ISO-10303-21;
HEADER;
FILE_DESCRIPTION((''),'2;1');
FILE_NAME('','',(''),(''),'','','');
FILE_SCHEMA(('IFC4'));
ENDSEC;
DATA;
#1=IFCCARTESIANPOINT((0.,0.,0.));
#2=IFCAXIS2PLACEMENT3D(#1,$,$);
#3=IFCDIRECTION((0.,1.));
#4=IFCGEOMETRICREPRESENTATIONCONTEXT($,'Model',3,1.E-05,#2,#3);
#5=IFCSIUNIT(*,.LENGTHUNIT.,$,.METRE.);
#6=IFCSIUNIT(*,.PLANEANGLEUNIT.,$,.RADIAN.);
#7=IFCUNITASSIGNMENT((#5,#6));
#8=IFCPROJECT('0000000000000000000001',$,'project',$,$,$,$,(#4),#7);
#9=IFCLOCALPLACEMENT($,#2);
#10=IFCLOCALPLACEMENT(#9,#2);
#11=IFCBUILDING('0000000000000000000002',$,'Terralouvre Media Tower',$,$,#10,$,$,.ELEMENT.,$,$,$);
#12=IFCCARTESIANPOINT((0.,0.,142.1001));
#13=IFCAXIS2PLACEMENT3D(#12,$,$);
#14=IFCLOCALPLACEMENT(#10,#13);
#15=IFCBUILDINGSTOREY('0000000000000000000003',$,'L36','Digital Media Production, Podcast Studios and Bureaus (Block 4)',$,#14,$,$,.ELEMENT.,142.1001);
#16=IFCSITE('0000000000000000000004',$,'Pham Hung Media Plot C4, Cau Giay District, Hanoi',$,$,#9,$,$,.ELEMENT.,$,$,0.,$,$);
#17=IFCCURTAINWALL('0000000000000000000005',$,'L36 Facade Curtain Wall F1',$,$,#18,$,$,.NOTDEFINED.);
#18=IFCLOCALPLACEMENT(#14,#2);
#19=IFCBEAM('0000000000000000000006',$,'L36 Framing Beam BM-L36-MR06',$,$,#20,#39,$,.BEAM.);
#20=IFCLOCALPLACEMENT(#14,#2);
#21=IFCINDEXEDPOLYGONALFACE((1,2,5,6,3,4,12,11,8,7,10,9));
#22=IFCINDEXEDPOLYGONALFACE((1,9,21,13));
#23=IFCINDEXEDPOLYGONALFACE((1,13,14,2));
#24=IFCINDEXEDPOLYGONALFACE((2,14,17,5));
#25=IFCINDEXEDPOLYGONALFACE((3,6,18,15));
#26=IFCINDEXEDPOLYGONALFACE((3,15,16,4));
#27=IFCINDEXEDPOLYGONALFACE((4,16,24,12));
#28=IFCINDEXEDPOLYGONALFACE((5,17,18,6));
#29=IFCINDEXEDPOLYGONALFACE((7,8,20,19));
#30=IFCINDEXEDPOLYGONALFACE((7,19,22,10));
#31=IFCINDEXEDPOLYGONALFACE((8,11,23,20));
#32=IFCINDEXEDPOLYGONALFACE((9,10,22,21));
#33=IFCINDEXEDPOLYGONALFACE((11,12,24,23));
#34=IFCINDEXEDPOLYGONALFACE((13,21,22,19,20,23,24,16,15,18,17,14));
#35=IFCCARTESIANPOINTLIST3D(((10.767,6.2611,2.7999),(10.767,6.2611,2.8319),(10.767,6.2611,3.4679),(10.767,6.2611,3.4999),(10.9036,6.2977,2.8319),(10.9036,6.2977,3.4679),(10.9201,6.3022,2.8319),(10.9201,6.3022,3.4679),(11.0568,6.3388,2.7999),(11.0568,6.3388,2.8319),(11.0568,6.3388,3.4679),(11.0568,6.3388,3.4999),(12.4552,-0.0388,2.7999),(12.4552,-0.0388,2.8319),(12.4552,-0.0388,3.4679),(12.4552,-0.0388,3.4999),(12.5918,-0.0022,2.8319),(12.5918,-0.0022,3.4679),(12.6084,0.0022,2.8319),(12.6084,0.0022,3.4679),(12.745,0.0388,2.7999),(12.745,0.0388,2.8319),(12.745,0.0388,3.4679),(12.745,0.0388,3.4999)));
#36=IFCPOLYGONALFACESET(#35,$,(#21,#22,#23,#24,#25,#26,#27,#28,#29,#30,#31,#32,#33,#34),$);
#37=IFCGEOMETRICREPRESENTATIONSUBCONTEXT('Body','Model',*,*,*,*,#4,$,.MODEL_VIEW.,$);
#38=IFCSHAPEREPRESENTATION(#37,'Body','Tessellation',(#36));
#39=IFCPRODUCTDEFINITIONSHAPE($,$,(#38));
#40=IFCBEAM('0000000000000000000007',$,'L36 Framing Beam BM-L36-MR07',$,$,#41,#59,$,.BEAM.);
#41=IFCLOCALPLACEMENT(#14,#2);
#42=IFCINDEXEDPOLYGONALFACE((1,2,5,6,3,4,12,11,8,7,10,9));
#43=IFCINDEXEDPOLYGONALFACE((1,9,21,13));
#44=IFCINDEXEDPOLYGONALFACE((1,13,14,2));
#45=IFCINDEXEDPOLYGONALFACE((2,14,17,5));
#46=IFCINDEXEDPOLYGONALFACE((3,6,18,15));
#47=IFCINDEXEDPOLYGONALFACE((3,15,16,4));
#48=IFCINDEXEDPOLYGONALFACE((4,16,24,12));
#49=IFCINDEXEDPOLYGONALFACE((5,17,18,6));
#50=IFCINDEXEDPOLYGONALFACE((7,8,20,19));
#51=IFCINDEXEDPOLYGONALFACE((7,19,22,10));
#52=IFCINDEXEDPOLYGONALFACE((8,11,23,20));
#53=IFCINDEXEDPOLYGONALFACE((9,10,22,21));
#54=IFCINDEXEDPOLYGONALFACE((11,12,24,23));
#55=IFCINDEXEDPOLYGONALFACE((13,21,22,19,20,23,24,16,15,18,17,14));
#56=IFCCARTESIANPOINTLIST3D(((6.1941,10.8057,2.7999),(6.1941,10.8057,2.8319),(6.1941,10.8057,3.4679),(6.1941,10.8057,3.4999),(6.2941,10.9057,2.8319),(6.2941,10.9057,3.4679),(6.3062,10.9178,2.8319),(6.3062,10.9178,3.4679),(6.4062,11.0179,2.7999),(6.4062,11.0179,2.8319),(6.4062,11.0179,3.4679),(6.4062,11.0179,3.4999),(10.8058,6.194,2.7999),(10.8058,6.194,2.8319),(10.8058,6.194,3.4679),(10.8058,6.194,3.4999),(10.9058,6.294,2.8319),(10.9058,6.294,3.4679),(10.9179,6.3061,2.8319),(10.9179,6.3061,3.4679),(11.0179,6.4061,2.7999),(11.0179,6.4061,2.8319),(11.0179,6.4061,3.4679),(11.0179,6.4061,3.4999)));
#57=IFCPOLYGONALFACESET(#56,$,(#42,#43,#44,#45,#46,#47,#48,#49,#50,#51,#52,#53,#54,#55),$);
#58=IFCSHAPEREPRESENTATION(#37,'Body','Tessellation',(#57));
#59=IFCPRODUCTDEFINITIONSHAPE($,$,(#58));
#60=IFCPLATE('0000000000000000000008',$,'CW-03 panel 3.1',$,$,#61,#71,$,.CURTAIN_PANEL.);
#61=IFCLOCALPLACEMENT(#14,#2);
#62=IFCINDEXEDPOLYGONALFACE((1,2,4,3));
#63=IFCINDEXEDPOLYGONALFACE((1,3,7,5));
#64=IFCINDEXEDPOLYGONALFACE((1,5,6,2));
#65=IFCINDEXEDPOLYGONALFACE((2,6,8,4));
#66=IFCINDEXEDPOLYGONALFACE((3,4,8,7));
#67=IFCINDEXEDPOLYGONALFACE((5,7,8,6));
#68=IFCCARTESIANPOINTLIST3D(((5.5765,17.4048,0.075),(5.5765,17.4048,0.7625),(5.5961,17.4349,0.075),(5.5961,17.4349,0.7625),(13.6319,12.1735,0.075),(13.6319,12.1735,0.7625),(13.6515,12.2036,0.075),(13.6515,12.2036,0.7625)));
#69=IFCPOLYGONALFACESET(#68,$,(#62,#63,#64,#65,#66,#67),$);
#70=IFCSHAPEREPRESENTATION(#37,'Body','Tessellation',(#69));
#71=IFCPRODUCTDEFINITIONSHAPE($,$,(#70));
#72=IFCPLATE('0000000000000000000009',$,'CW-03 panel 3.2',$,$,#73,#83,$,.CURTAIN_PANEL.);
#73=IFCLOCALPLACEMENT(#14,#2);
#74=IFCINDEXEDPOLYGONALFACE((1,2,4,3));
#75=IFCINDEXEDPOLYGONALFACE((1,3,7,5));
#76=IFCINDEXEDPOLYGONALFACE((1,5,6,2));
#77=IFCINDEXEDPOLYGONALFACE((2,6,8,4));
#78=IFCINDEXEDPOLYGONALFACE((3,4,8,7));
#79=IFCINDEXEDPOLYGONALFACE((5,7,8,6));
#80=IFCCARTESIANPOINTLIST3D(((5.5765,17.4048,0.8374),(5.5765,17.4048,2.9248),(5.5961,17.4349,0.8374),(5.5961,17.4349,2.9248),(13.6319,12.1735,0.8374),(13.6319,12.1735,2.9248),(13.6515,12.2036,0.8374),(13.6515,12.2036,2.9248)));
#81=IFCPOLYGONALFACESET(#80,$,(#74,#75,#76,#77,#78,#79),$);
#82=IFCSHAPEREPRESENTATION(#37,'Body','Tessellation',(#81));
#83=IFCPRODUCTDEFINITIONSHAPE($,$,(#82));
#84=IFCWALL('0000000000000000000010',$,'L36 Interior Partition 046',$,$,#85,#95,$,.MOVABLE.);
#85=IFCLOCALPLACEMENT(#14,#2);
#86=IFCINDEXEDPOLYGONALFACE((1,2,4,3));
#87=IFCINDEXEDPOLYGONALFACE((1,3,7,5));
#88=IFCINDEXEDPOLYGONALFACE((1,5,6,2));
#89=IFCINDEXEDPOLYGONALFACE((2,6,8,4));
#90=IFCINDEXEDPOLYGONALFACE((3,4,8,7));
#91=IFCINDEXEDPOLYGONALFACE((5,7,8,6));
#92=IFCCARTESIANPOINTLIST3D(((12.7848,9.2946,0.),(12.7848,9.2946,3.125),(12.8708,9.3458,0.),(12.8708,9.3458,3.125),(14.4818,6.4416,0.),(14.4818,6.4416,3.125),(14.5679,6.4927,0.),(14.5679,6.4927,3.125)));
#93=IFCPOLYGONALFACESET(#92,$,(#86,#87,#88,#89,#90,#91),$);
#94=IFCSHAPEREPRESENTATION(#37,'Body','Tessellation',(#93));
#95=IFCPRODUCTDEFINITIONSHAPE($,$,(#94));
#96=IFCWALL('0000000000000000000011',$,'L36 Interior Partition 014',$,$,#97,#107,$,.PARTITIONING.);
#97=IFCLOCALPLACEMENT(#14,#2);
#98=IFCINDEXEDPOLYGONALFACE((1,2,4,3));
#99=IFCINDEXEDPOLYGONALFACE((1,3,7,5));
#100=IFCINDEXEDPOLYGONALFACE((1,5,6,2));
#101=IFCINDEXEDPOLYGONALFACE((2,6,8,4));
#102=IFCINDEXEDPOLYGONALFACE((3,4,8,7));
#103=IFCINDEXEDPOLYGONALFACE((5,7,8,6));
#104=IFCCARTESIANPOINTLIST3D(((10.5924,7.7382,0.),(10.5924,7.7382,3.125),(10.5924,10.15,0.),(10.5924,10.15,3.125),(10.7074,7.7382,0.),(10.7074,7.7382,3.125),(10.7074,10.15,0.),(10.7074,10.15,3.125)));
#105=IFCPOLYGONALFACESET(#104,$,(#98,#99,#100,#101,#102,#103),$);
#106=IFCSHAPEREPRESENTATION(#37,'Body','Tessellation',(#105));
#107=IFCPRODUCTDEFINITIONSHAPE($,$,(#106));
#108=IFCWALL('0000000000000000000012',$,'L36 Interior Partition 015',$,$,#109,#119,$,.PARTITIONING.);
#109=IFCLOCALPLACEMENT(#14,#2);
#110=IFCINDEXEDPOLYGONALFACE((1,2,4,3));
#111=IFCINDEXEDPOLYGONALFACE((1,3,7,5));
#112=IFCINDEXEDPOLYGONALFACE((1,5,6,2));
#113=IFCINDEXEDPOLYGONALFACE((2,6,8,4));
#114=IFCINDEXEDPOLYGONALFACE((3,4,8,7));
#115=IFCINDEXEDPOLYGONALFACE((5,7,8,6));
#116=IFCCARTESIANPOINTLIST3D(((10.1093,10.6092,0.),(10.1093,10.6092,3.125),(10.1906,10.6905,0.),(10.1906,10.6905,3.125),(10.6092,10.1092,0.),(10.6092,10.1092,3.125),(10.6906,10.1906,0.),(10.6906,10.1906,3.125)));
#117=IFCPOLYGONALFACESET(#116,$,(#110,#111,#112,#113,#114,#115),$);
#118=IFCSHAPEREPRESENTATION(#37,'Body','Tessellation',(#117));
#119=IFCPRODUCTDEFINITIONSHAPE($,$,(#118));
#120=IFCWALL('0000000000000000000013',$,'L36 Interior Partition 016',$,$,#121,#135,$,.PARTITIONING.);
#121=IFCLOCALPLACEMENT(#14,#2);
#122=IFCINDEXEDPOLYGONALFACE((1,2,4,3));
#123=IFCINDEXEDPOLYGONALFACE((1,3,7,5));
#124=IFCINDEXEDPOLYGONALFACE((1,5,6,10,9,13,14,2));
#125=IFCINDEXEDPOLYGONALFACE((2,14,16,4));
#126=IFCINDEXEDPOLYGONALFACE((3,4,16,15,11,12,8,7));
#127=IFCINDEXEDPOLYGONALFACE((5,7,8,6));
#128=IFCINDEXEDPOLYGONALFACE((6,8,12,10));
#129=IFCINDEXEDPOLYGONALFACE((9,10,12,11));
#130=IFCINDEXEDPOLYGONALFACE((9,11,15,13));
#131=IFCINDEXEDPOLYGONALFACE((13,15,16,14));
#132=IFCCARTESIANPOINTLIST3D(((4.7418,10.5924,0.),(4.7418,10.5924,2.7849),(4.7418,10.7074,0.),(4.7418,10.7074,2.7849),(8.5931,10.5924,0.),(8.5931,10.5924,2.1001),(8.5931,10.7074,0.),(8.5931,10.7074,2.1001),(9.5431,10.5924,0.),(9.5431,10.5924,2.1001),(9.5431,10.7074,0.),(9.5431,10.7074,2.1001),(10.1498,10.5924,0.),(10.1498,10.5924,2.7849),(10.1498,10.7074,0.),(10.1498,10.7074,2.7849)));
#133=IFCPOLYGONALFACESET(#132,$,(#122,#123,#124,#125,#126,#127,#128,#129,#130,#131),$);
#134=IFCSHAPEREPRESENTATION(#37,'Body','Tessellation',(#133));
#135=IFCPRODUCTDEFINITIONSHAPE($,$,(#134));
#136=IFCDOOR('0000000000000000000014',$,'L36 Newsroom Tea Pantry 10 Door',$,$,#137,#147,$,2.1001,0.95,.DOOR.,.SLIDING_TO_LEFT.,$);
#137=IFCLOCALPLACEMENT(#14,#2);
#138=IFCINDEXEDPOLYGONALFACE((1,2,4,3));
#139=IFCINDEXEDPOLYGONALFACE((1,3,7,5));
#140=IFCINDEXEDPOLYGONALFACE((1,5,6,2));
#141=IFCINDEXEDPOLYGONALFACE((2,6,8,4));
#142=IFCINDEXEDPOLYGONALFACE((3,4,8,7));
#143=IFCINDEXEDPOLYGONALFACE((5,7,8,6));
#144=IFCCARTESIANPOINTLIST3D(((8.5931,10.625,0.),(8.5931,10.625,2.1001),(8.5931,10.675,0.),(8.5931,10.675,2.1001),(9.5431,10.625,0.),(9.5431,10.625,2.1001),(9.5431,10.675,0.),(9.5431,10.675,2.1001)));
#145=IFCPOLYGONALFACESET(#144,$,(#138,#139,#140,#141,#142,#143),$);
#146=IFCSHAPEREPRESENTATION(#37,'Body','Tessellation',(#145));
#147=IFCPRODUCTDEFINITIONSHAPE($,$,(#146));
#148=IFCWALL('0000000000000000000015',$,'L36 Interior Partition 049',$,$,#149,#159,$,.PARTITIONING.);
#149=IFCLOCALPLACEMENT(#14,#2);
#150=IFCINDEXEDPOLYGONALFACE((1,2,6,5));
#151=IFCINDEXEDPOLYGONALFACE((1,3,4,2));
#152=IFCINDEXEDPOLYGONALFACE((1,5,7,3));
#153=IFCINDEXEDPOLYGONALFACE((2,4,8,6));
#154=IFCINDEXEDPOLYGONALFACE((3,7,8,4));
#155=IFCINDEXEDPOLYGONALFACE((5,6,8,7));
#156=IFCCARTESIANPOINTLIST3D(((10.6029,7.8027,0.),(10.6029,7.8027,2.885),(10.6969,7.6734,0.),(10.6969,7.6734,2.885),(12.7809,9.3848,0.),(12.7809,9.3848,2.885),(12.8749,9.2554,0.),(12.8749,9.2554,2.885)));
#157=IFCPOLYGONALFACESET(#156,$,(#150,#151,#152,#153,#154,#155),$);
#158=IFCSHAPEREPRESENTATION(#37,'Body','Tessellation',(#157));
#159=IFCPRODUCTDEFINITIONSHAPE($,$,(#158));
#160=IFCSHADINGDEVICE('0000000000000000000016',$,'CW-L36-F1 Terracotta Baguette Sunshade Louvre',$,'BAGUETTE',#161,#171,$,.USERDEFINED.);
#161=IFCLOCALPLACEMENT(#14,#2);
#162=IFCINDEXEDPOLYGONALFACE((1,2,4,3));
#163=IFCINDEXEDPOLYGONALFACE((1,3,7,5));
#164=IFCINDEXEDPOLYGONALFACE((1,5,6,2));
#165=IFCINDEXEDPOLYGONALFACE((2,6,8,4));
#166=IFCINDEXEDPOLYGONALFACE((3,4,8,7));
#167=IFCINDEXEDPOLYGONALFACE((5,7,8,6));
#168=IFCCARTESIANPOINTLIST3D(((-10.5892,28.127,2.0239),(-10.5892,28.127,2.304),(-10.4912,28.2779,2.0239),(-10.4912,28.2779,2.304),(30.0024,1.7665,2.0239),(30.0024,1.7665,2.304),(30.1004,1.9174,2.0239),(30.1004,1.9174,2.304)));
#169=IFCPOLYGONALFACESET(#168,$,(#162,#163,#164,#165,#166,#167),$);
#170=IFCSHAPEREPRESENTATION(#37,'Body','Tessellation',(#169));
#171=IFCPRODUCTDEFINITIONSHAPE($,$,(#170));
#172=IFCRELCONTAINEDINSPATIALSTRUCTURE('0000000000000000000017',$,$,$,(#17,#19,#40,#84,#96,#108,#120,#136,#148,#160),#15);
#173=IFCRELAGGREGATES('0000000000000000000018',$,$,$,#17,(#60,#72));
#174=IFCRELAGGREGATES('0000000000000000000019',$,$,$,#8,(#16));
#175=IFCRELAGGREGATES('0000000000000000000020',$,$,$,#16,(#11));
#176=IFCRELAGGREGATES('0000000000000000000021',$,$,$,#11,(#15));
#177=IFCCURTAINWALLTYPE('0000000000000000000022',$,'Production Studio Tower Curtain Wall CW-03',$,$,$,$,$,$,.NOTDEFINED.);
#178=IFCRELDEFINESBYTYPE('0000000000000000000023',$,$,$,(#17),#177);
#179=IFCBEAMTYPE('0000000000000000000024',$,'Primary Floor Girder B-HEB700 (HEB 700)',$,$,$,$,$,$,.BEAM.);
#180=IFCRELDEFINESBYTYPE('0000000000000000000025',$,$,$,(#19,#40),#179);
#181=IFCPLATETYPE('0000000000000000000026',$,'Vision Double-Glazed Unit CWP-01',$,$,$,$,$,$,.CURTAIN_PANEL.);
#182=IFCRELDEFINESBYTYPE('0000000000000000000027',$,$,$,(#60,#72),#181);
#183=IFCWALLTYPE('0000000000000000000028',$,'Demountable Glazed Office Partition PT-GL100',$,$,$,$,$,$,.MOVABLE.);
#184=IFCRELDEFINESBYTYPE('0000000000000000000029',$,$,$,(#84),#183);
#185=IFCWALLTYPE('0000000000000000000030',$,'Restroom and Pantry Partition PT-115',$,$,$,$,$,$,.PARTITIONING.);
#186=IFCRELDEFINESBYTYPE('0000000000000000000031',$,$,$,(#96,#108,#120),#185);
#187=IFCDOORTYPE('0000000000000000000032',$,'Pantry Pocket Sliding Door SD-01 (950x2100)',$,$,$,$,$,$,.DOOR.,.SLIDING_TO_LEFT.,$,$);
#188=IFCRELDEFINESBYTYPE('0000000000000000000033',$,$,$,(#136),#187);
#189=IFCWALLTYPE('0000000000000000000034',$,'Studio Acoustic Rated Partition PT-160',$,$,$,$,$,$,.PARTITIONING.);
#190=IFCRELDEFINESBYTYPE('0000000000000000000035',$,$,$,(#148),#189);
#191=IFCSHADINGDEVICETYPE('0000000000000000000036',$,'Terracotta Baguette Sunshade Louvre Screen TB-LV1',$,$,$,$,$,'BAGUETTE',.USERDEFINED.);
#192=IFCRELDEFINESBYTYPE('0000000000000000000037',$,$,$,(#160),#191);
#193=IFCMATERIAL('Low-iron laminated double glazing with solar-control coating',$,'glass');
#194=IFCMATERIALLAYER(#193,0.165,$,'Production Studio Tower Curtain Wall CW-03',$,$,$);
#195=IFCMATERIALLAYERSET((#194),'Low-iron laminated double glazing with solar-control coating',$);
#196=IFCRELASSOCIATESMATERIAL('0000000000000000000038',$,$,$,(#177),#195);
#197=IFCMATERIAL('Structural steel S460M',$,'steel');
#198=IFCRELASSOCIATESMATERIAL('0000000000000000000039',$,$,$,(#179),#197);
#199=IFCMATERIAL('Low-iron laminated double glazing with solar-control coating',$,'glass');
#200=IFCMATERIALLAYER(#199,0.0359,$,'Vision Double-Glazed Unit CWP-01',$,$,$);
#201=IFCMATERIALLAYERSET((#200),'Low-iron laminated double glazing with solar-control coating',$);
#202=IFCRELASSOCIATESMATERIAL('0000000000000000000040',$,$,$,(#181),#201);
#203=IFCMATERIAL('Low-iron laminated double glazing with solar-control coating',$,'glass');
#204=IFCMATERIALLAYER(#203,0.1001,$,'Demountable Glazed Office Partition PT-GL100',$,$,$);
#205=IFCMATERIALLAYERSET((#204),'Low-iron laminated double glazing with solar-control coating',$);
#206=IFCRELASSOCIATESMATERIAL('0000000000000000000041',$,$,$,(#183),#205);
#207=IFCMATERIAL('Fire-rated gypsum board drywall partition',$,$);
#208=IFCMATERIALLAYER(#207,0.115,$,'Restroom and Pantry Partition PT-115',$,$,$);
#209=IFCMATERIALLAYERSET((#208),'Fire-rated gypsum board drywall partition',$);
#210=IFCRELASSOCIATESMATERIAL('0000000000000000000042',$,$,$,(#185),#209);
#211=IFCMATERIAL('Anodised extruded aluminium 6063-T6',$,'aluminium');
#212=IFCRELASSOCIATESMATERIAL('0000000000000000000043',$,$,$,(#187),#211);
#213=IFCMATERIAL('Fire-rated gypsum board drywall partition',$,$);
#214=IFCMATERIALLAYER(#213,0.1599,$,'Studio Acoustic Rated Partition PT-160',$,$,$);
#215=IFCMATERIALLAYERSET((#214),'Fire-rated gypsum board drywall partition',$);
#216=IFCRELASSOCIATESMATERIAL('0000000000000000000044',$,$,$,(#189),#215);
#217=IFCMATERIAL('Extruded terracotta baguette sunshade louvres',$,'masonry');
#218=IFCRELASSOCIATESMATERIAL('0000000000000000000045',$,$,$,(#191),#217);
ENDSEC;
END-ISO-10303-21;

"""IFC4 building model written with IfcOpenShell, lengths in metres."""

from ifc_helpers import new_model, si_unit, direction, frame, frame_2d, origin, origin_2d, place, context, subcontext, project, spatial, rectangle, i_section, extrude, material, layer, layer_set, material_profile, profile_set, type_object, element, fill, aggregate, save


model = new_model("IFC4")

# Units and contexts
model_context = context("Model", 3, precision=1e-05, world=origin(), true_north=direction((0.0, 1.0)))
body_context = subcontext(model_context, "Body", "Model", "MODEL_VIEW")
ifc_project = project(units=[si_unit("LENGTHUNIT", "METRE"), si_unit("PLANEANGLEUNIT", "RADIAN")], contexts=[model_context])

# Site, building, storey
site_placement = place(None, origin())
site = spatial("IfcSite", under=ifc_project, at=site_placement, Name="Pham Hung Media Plot C4, Cau Giay District, Hanoi", CompositionType="ELEMENT", RefElevation=0.0)
building_placement = place(site_placement, origin())
building = spatial("IfcBuilding", under=site, at=building_placement, Name="Terralouvre Media Tower", CompositionType="ELEMENT")
storey_placement = place(building_placement, frame((0.0, 0.0, 142.1001)))
storey = spatial("IfcBuildingStorey", under=building, at=storey_placement, Name="L36", Description="Digital Media Production, Podcast Studios and Bureaus (Block 4)", CompositionType="ELEMENT", Elevation=142.1001)

# Curtain wall
ifc_material_1 = material(Name="Low-iron laminated double glazing with solar-control coating", Category="glass")
ifc_layer_1 = layer(ifc_material_1, 0.165, Name="Production Studio Tower Curtain Wall CW-03")
ifc_layer_set_1 = layer_set([ifc_layer_1], Name="Low-iron laminated double glazing with solar-control coating")
curtain_wall_type = type_object("IfcCurtainWallType", Name="Production Studio Tower Curtain Wall CW-03", PredefinedType="NOTDEFINED", material=ifc_layer_set_1)
curtain_wall_placement = place(storey_placement, origin())
curtain_wall = element("IfcCurtainWall", 1, at=curtain_wall_placement, inside=storey, type_object=curtain_wall_type, Name="L36 Facade Curtain Wall F1", PredefinedType="NOTDEFINED")

# Beams
ifc_material_2 = material(Name="Structural steel S460M", Category="steel")
ifc_material_profile_1 = material_profile(ifc_material_2, i_section(OverallWidth=0.3, OverallDepth=0.7, WebThickness=0.0171, FlangeThickness=0.032, at=origin_2d()), Name="HEB 700")
ifc_profile_set_1 = profile_set([ifc_material_profile_1], Name="Structural steel S460M")
beam_type_1 = type_object("IfcBeamType", Name="Primary Floor Girder B-HEB700 (HEB 700)", PredefinedType="BEAM", material=ifc_profile_set_1)
beam_1_placement = place(storey_placement, frame((12.6001, 0.0, 3.1499), z_axis=(-0.258839, 0.96592, 0.0), x_axis=(-0.96592, -0.258839, 0.0)))
element("IfcBeam", 2, at=beam_1_placement, inside=storey, type_object=beam_type_1, Name="L36 Framing Beam BM-L36-MR06", PredefinedType="BEAM", context=body_context, shape_type="SweptSolid", body=[
    extrude(i_section(OverallWidth=0.3, OverallDepth=0.7, WebThickness=0.0171, FlangeThickness=0.032, at=origin_2d()), origin(), (0.0, 0.0, 1.0), 6.5222),
])
beam_2_placement = place(storey_placement, frame((10.9119, 6.3, 3.1499), z_axis=(-0.707107, 0.707107, 0.0), x_axis=(-0.707107, -0.707107, 0.0)))
element("IfcBeam", 3, at=beam_2_placement, inside=storey, type_object=beam_type_1, Name="L36 Framing Beam BM-L36-MR07", PredefinedType="BEAM", context=body_context, shape_type="SweptSolid", body=[
    extrude(i_section(OverallWidth=0.3, OverallDepth=0.7, WebThickness=0.0171, FlangeThickness=0.032, at=origin_2d()), origin(), (0.0, 0.0, 1.0), 6.522),
])

# Plates
ifc_material_3 = material(Name="Low-iron laminated double glazing with solar-control coating", Category="glass")
ifc_layer_2 = layer(ifc_material_3, 0.0359, Name="Vision Double-Glazed Unit CWP-01")
ifc_layer_set_2 = layer_set([ifc_layer_2], Name="Low-iron laminated double glazing with solar-control coating")
plate_type = type_object("IfcPlateType", Name="Vision Double-Glazed Unit CWP-01", PredefinedType="CURTAIN_PANEL", material=ifc_layer_set_2)
plate_1_placement = place(storey_placement, frame((9.614, 14.8042, 0.075), z_axis=(0.0, 0.0, 1.0), x_axis=(-0.838671, 0.544639, 0.0)))
plate_1 = element("IfcPlate", 4, at=plate_1_placement, type_object=plate_type, Name="CW-03 panel 3.1", PredefinedType="CURTAIN_PANEL", context=body_context, shape_type="SweptSolid", body=[
    extrude(rectangle(XDim=9.605, YDim=0.0359, at=origin_2d()), origin(), (0.0, 0.0, 1.0), 0.6875),
])
plate_2_placement = place(storey_placement, frame((9.614, 14.8042, 0.8374), z_axis=(0.0, 0.0, 1.0), x_axis=(-0.838671, 0.544639, 0.0)))
plate_2 = element("IfcPlate", 5, at=plate_2_placement, type_object=plate_type, Name="CW-03 panel 3.2", PredefinedType="CURTAIN_PANEL", context=body_context, shape_type="SweptSolid", body=[
    extrude(rectangle(XDim=9.605, YDim=0.0359, at=origin_2d()), origin(), (0.0, 0.0, 1.0), 2.0874),
])
aggregate(curtain_wall, [plate_1, plate_2])

# Walls
ifc_material_4 = material(Name="Low-iron laminated double glazing with solar-control coating", Category="glass")
ifc_layer_3 = layer(ifc_material_4, 0.1001, Name="Demountable Glazed Office Partition PT-GL100")
ifc_layer_set_3 = layer_set([ifc_layer_3], Name="Low-iron laminated double glazing with solar-control coating")
wall_type_1 = type_object("IfcWallType", Name="Demountable Glazed Office Partition PT-GL100", PredefinedType="MOVABLE", material=ifc_layer_set_3)
wall_1_placement = place(storey_placement, frame((12.8279, 9.3201, 0.0), z_axis=(0.0, 0.0, 1.0), x_axis=(0.511215, -0.859453, 0.0)))
element("IfcWall", 6, at=wall_1_placement, inside=storey, type_object=wall_type_1, Name="L36 Interior Partition 046", PredefinedType="MOVABLE", context=body_context, shape_type="SweptSolid", body=[
    extrude(rectangle(XDim=3.3196, YDim=0.1001, at=frame_2d((1.6597, 0.0))), origin(), (0.0, 0.0, 1.0), 3.125),
])
ifc_material_5 = material(Name="Fire-rated gypsum board drywall partition")
ifc_layer_4 = layer(ifc_material_5, 0.115, Name="Restroom and Pantry Partition PT-115")
ifc_layer_set_4 = layer_set([ifc_layer_4], Name="Fire-rated gypsum board drywall partition")
wall_type_2 = type_object("IfcWallType", Name="Restroom and Pantry Partition PT-115", PredefinedType="PARTITIONING", material=ifc_layer_set_4)
wall_2_placement = place(storey_placement, frame((10.6499, 7.738, 0.0), z_axis=(0.0, 0.0, 1.0), x_axis=(0.0, 1.0, 0.0)))
element("IfcWall", 7, at=wall_2_placement, inside=storey, type_object=wall_type_2, Name="L36 Interior Partition 014", PredefinedType="PARTITIONING", context=body_context, shape_type="SweptSolid", body=[
    extrude(rectangle(XDim=2.4119, YDim=0.115, at=frame_2d((1.2061, 0.0))), origin(), (0.0, 0.0, 1.0), 3.125),
])
wall_3_placement = place(storey_placement, frame((10.6499, 10.1499, 0.0), z_axis=(0.0, 0.0, 1.0), x_axis=(-0.707107, 0.707107, 0.0)))
element("IfcWall", 8, at=wall_3_placement, inside=storey, type_object=wall_type_2, Name="L36 Interior Partition 015", PredefinedType="PARTITIONING", context=body_context, shape_type="SweptSolid", body=[
    extrude(rectangle(XDim=0.707, YDim=0.115, at=frame_2d((0.3535, 0.0))), origin(), (0.0, 0.0, 1.0), 3.125),
])

# Wall, opening, door
wall_4_placement = place(storey_placement, frame((10.1499, 10.6499, 0.0), z_axis=(0.0, 0.0, 1.0), x_axis=(-1.0, 0.0, 0.0)))
wall_4 = element("IfcWall", 9, at=wall_4_placement, inside=storey, type_object=wall_type_2, Name="L36 Interior Partition 016", PredefinedType="PARTITIONING", context=body_context, shape_type="SweptSolid", body=[
    extrude(rectangle(XDim=5.408, YDim=0.115, at=frame_2d((2.7041, 0.0))), origin(), (0.0, 0.0, 1.0), 2.7849),
])
opening_1_placement = place(wall_4_placement, frame((0.6067, 0.0, 0.0)))
opening_1 = element("IfcOpeningElement", 10, at=opening_1_placement, cuts=wall_4, PredefinedType="OPENING", context=body_context, shape_type="SweptSolid", body=[
    extrude(rectangle(XDim=0.95, YDim=2.1001, at=frame_2d((0.4751, 1.05))), frame((0.0, 0.0674, 0.0), z_axis=(0.0, -1.0, 0.0), x_axis=(1.0, 0.0, 0.0)), (0.0, 0.0, 1.0), 0.135),
])
ifc_material_6 = material(Name="Anodised extruded aluminium 6063-T6", Category="aluminium")
door_type_1 = type_object("IfcDoorType", Name="Pantry Pocket Sliding Door SD-01 (950x2100)", OperationType="SLIDING_TO_LEFT", PredefinedType="DOOR", material=ifc_material_6)
door_1_placement = place(opening_1_placement, origin())
door_1 = element("IfcDoor", 11, at=door_1_placement, inside=storey, type_object=door_type_1, Name="L36 Newsroom Tea Pantry 10 Door", OperationType="SLIDING_TO_LEFT", OverallHeight=2.1001, OverallWidth=0.95, PredefinedType="DOOR", context=body_context, shape_type="SweptSolid", body=[
    extrude(rectangle(XDim=0.95, YDim=2.1001, at=frame_2d((0.4751, 1.05))), frame((0.0, 0.0249, 0.0), z_axis=(0.0, -1.0, 0.0), x_axis=(1.0, 0.0, 0.0)), (0.0, 0.0, 1.0), 0.05),
])
fill(opening_1, door_1)
ifc_material_7 = material(Name="Fire-rated gypsum board drywall partition")
ifc_layer_5 = layer(ifc_material_7, 0.1599, Name="Studio Acoustic Rated Partition PT-160")
ifc_layer_set_5 = layer_set([ifc_layer_5], Name="Fire-rated gypsum board drywall partition")
wall_type_3 = type_object("IfcWallType", Name="Studio Acoustic Rated Partition PT-160", PredefinedType="PARTITIONING", material=ifc_layer_set_5)

# Wall
wall_5_placement = place(storey_placement, frame((12.8279, 9.3201, 0.0), z_axis=(0.0, 0.0, 1.0), x_axis=(-0.809081, -0.587697, 0.0)))
element("IfcWall", 12, at=wall_5_placement, inside=storey, type_object=wall_type_3, Name="L36 Interior Partition 049", PredefinedType="PARTITIONING", context=body_context, shape_type="SweptSolid", body=[
    extrude(rectangle(XDim=2.6919, YDim=0.1599, at=frame_2d((1.3459, 0.0))), origin(), (0.0, 0.0, 1.0), 2.885),
])

# Shading device
ifc_material_8 = material(Name="Extruded terracotta baguette sunshade louvres", Category="masonry")
shading_device_type = type_object("IfcShadingDeviceType", Name="Terracotta Baguette Sunshade Louvre Screen TB-LV1", ElementType="BAGUETTE", PredefinedType="USERDEFINED", material=ifc_material_8)
shading_device_placement = place(storey_placement, frame((9.7556, 15.0222, 2.0239), z_axis=(0.0, 0.0, 1.0), x_axis=(-0.838671, 0.544639, 0.0)))
element("IfcShadingDevice", 13, at=shading_device_placement, inside=storey, type_object=shading_device_type, Name="CW-L36-F1 Terracotta Baguette Sunshade Louvre", ObjectType="BAGUETTE", PredefinedType="USERDEFINED", context=body_context, shape_type="SweptSolid", body=[
    extrude(rectangle(XDim=48.3999, YDim=0.1799, at=origin_2d()), origin(), (0.0, 0.0, 1.0), 0.28),
])

save(model, "model.ifc")
